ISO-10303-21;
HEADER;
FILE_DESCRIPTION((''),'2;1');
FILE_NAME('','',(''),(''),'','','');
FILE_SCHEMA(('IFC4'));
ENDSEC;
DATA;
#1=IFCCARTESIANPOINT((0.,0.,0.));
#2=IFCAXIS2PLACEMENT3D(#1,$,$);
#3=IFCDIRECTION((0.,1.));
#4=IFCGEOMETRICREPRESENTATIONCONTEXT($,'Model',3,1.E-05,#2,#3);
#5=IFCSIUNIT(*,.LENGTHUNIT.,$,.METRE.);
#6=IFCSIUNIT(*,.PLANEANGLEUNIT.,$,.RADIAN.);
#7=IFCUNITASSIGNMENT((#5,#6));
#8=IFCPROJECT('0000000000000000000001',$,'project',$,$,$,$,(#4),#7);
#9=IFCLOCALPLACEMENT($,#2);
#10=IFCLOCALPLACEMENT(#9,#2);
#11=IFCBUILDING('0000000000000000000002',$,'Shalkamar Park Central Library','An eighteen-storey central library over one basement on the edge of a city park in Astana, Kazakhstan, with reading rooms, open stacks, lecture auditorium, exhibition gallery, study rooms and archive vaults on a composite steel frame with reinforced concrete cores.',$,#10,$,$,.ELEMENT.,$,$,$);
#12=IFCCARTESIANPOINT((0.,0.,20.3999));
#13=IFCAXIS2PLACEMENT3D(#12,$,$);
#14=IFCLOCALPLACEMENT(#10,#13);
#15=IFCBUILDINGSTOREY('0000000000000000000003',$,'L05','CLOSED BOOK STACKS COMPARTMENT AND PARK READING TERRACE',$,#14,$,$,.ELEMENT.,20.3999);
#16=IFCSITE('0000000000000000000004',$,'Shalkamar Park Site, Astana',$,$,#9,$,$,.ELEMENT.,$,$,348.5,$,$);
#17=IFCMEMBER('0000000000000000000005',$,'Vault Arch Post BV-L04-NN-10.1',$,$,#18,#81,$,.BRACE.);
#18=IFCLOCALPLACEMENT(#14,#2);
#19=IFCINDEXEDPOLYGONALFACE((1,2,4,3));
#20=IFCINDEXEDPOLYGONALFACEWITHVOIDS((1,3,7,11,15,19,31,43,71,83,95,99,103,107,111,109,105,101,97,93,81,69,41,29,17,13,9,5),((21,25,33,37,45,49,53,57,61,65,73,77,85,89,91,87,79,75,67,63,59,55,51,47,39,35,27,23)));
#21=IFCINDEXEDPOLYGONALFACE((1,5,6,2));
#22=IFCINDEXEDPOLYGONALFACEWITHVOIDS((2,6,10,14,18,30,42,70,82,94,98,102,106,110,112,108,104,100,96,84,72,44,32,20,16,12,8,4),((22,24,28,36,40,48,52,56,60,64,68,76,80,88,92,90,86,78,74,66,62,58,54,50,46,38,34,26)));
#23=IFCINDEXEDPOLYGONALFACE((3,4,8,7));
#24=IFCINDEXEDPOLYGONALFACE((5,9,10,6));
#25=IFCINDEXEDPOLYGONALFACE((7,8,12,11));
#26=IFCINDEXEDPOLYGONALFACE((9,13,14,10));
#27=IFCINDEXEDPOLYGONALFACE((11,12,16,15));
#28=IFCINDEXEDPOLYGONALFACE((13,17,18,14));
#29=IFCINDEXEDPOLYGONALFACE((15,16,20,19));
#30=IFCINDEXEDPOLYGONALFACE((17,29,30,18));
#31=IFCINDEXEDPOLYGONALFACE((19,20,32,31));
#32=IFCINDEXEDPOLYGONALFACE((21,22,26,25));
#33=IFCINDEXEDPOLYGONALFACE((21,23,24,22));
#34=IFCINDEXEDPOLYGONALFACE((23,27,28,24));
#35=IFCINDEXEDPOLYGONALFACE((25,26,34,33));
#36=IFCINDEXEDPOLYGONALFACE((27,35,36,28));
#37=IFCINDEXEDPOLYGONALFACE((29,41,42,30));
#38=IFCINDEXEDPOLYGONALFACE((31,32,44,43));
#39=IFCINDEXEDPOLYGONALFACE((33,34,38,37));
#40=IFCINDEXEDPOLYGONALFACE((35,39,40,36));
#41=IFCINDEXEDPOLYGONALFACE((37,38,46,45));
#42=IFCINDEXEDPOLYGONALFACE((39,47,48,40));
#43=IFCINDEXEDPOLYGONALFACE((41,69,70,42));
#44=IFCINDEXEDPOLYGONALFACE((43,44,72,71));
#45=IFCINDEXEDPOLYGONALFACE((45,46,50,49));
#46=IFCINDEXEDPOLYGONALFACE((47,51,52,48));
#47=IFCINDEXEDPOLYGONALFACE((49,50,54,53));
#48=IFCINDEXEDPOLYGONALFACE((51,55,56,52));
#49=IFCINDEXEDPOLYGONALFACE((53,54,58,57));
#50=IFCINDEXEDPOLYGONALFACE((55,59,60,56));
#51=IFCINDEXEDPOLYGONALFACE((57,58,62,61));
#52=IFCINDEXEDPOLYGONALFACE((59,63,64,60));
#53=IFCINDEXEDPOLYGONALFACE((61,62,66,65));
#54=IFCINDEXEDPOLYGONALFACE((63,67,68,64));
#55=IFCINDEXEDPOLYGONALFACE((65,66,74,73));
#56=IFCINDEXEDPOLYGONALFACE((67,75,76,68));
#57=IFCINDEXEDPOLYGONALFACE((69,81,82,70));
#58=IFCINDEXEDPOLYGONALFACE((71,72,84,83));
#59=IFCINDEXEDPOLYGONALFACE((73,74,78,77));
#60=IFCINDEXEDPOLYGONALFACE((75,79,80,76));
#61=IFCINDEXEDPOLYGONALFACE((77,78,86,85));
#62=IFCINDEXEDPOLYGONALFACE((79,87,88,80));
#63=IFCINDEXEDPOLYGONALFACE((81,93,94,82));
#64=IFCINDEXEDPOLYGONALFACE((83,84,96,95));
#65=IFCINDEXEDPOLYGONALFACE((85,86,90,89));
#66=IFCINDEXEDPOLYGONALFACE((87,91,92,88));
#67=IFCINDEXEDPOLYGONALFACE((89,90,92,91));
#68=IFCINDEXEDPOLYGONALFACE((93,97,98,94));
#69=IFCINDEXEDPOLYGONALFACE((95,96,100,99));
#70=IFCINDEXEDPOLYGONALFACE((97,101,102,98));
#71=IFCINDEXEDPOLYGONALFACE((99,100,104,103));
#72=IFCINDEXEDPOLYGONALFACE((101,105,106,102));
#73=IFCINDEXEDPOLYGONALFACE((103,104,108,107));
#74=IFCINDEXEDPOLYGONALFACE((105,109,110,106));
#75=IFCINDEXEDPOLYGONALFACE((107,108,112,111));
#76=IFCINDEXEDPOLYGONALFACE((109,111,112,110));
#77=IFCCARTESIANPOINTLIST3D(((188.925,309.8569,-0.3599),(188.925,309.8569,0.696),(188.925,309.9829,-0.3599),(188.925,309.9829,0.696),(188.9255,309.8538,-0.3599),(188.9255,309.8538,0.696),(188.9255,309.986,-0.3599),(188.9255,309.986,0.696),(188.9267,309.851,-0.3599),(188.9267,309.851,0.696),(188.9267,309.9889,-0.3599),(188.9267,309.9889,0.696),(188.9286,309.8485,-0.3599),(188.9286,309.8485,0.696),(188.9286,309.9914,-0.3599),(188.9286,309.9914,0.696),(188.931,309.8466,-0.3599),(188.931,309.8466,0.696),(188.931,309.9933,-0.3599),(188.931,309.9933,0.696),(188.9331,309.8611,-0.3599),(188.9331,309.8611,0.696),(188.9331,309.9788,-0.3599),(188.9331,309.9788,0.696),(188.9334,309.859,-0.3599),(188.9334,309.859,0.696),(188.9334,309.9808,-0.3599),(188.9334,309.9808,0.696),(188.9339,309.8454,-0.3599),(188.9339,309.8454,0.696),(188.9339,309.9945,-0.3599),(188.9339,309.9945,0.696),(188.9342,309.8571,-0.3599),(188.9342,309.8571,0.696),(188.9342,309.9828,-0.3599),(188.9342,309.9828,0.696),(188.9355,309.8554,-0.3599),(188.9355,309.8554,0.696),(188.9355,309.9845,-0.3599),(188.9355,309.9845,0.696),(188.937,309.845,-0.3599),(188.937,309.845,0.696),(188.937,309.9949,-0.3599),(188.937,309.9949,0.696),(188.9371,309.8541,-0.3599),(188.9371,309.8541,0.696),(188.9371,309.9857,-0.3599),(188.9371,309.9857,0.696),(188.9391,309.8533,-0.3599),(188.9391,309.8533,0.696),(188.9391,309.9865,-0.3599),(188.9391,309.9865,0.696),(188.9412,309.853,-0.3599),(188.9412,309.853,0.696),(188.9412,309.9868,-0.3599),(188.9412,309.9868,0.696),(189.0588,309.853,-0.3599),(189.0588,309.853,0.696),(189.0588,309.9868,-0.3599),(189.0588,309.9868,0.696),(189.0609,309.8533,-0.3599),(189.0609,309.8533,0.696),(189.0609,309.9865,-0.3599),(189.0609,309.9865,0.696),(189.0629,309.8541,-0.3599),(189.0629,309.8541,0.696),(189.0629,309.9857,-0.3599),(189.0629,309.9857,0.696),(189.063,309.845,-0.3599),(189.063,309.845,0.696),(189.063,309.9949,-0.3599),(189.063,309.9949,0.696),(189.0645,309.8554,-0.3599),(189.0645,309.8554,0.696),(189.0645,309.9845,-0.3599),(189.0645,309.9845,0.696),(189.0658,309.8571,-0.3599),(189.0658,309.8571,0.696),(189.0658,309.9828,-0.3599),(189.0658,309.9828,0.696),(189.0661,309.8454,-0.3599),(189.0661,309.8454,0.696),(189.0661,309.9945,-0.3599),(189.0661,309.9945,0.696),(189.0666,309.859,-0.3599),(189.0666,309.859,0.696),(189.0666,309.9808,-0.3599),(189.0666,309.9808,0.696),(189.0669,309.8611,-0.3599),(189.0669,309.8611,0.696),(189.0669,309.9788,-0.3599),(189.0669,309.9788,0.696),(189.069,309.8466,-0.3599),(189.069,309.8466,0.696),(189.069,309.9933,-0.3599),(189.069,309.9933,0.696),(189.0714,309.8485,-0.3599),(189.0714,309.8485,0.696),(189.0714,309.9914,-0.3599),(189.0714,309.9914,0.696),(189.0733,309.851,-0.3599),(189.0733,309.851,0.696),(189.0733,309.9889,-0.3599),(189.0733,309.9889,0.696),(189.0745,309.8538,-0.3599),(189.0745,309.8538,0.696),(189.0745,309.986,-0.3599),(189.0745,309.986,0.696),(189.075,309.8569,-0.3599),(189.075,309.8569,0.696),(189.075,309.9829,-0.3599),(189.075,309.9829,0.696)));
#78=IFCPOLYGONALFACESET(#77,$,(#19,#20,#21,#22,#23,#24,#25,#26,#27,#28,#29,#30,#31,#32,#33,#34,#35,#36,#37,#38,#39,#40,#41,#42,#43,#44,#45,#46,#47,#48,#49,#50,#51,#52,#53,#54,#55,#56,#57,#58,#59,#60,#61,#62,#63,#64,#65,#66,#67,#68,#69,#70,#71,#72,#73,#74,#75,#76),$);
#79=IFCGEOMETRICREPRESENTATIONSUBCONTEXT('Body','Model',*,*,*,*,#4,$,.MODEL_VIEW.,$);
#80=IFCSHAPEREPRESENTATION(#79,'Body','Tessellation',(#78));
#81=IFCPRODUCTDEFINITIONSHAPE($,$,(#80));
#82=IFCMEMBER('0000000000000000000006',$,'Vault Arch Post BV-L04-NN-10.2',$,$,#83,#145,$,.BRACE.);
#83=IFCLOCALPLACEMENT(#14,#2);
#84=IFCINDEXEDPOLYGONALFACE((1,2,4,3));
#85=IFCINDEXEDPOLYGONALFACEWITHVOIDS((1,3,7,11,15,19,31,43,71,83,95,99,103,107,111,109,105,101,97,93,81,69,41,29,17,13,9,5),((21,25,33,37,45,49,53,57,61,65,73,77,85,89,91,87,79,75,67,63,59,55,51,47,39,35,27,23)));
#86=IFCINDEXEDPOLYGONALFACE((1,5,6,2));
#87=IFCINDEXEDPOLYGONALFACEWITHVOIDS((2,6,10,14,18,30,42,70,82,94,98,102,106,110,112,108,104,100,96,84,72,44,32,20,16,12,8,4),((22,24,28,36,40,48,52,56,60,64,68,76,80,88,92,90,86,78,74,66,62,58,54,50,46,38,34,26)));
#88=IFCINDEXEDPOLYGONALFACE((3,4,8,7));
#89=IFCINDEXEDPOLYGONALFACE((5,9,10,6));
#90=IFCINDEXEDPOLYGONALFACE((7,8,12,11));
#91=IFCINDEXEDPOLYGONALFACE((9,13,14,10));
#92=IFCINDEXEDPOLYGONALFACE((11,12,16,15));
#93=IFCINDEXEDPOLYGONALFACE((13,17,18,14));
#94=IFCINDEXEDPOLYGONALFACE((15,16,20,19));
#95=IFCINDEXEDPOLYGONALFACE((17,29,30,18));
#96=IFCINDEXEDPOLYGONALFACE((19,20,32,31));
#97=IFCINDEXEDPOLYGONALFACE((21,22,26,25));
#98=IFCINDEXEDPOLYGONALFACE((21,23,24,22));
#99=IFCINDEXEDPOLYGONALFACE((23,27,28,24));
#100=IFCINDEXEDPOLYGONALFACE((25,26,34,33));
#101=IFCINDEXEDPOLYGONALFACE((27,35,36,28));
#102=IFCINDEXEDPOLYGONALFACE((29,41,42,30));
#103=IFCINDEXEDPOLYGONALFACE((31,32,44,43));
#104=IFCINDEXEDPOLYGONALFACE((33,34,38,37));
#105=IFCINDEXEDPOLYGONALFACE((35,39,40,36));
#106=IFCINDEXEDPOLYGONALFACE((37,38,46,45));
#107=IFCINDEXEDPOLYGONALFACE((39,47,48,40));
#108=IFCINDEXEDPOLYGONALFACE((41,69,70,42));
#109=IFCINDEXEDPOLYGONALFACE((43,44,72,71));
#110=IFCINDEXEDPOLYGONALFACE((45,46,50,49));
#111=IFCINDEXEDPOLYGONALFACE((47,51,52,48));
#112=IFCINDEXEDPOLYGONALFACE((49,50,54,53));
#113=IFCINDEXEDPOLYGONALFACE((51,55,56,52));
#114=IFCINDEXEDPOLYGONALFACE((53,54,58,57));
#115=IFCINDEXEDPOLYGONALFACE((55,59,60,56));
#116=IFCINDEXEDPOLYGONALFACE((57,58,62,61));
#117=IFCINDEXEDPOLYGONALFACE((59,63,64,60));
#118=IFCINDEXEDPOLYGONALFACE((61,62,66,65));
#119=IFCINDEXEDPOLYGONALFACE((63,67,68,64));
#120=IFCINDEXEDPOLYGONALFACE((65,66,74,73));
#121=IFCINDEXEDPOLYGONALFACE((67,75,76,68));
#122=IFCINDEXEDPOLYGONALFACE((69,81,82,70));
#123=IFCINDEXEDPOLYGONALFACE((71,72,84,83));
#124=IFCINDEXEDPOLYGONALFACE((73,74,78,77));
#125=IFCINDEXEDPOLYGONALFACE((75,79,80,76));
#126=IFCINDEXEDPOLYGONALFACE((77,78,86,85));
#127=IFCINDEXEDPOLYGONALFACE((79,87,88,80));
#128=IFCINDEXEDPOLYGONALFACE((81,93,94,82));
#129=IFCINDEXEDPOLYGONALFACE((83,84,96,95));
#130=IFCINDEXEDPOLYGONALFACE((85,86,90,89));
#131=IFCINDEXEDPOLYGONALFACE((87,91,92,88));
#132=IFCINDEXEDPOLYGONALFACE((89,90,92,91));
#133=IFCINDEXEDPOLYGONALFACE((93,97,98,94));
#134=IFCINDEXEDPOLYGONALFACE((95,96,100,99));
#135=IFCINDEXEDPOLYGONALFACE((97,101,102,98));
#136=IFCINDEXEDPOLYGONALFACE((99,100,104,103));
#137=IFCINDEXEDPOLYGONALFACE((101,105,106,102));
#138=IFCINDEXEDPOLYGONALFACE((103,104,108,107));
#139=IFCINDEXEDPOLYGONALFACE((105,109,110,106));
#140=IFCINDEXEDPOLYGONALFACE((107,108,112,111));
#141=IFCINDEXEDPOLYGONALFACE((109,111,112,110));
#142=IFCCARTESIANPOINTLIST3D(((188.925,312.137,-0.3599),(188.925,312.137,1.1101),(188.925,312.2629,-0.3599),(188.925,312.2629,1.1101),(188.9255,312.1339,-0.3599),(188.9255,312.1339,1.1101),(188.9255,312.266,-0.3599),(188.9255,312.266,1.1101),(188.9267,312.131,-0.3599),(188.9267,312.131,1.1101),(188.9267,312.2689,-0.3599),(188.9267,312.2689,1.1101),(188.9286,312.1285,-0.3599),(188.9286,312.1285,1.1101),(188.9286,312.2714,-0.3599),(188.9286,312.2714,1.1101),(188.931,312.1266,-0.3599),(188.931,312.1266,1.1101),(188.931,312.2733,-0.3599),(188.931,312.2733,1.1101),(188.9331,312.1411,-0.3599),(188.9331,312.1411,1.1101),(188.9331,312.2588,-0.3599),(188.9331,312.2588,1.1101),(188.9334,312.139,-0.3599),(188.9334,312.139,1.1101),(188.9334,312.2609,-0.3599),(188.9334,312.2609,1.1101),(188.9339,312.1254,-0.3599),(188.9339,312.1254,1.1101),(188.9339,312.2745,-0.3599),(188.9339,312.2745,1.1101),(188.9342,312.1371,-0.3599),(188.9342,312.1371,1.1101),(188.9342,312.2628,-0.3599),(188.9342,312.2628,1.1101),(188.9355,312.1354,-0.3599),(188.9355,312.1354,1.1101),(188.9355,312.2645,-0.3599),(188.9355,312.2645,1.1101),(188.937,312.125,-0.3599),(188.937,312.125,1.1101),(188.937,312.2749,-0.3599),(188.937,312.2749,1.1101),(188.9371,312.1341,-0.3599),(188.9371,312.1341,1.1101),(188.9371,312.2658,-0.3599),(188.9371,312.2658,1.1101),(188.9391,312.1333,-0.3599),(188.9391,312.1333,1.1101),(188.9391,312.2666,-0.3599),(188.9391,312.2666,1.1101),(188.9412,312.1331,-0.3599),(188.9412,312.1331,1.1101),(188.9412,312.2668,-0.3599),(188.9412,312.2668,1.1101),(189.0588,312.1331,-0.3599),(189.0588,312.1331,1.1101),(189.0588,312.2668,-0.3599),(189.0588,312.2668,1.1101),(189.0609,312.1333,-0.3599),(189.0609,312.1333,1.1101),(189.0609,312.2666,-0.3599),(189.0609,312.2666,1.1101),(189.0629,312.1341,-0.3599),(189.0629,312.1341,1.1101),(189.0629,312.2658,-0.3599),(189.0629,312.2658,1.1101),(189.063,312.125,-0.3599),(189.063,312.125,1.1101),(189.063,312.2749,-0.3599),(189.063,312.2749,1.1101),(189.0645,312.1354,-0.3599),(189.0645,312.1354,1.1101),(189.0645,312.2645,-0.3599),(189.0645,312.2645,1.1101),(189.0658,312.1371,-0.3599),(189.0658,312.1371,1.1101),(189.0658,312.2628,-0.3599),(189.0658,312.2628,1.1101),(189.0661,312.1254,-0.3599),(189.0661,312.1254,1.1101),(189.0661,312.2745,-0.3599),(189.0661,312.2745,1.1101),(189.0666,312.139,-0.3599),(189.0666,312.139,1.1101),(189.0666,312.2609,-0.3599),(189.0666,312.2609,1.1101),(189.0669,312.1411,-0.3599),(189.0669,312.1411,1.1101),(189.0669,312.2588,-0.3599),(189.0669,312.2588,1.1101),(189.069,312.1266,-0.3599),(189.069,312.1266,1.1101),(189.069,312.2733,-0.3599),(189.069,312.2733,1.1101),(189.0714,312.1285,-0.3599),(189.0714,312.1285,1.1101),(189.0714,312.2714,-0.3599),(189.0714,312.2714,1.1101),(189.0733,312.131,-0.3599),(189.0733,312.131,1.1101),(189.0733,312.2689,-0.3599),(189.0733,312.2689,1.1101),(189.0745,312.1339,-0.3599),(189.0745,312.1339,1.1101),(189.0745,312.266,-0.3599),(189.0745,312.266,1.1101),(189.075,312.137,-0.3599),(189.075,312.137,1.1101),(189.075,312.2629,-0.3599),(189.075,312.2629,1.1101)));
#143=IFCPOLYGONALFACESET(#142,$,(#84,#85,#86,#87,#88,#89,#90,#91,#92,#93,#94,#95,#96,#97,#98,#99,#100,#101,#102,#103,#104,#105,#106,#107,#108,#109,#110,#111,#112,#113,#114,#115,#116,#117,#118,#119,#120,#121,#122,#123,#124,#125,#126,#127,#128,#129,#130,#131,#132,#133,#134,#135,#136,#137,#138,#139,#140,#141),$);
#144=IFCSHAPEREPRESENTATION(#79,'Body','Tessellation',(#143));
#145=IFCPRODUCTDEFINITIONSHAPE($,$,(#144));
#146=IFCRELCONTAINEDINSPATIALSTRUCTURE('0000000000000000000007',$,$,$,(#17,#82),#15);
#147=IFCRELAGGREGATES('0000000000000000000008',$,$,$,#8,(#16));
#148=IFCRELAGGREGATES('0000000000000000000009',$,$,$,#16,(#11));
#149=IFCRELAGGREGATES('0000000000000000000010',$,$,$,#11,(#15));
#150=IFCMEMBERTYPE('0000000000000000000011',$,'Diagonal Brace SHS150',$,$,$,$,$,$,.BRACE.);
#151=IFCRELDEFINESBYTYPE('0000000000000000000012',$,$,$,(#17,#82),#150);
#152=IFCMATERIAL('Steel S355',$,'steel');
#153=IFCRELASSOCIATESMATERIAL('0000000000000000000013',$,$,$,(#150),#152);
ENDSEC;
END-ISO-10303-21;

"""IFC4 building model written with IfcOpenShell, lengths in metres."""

from ifc_helpers import new_model, si_unit, direction, frame, origin, origin_2d, place, context, subcontext, project, spatial, hollow_rectangle, extrude, material, material_profile, profile_set, type_object, element, save


model = new_model("IFC4")

# Units and contexts
model_context = context("Model", 3, precision=1e-05, world=origin(), true_north=direction((0.0, 1.0)))
body_context = subcontext(model_context, "Body", "Model", "MODEL_VIEW")
ifc_project = project(units=[si_unit("LENGTHUNIT", "METRE"), si_unit("PLANEANGLEUNIT", "RADIAN")], contexts=[model_context])

# Site, building, storey
site_placement = place(None, origin())
site = spatial("IfcSite", under=ifc_project, at=site_placement, Name="Shalkamar Park Site, Astana", CompositionType="ELEMENT", RefElevation=348.5)
building_placement = place(site_placement, origin())
building = spatial("IfcBuilding", under=site, at=building_placement, Name="Shalkamar Park Central Library", Description="An eighteen-storey central library over one basement on the edge of a city park in Astana, Kazakhstan, with reading rooms, open stacks, lecture auditorium, exhibition gallery, study rooms and archive vaults on a composite steel frame with reinforced concrete cores.", CompositionType="ELEMENT")
storey_placement = place(building_placement, frame((0.0, 0.0, 20.3999)))
storey = spatial("IfcBuildingStorey", under=building, at=storey_placement, Name="L05", Description="CLOSED BOOK STACKS COMPARTMENT AND PARK READING TERRACE", CompositionType="ELEMENT", Elevation=20.3999)

# Shared definitions
ifc_material_1 = material(Name="Steel S355", Category="steel")

# Members
ifc_material_profile_1 = material_profile(ifc_material_1, hollow_rectangle(XDim=0.1499, YDim=0.1499, WallThickness=0.0081, InnerFilletRadius=0.0081, OuterFilletRadius=0.012, at=origin_2d()), Name="SHS 150x150x8")
ifc_profile_set_1 = profile_set([ifc_material_profile_1], Name="Steel S355")
member_type_1 = type_object("IfcMemberType", Name="Diagonal Brace SHS150", PredefinedType="BRACE", material=ifc_profile_set_1)
for number, where, z_axis, x_axis, name in (
    (1, (189.0, 309.9199, -0.3599), (0.0, 0.0, 1.0), (1.0, 0.0, 0.0), "Vault Arch Post BV-L04-NN-10.1"),
):
    element("IfcMember", number, at=place(storey_placement, frame(where, z_axis=z_axis, x_axis=x_axis)), inside=storey, type_object=member_type_1, Name=name, PredefinedType="BRACE", context=body_context, shape_type="SweptSolid", body=[
        extrude(hollow_rectangle(XDim=0.1499, YDim=0.1499, WallThickness=0.0081, InnerFilletRadius=0.0081, OuterFilletRadius=0.012, at=origin_2d()), origin(), (0.0, 0.0, 1.0), 1.0559),
    ])
member_1_placement = place(storey_placement, frame((189.0, 312.2, -0.3599), z_axis=(0.0, 0.0, 1.0), x_axis=(1.0, 0.0, 0.0)))
element("IfcMember", 2, at=member_1_placement, inside=storey, type_object=member_type_1, Name="Vault Arch Post BV-L04-NN-10.2", PredefinedType="BRACE", context=body_context, shape_type="SweptSolid", body=[
    extrude(hollow_rectangle(XDim=0.1499, YDim=0.1499, WallThickness=0.0081, InnerFilletRadius=0.0081, OuterFilletRadius=0.012, at=origin_2d()), origin(), (0.0, 0.0, 1.0), 1.47),
])

save(model, "model.ifc")
